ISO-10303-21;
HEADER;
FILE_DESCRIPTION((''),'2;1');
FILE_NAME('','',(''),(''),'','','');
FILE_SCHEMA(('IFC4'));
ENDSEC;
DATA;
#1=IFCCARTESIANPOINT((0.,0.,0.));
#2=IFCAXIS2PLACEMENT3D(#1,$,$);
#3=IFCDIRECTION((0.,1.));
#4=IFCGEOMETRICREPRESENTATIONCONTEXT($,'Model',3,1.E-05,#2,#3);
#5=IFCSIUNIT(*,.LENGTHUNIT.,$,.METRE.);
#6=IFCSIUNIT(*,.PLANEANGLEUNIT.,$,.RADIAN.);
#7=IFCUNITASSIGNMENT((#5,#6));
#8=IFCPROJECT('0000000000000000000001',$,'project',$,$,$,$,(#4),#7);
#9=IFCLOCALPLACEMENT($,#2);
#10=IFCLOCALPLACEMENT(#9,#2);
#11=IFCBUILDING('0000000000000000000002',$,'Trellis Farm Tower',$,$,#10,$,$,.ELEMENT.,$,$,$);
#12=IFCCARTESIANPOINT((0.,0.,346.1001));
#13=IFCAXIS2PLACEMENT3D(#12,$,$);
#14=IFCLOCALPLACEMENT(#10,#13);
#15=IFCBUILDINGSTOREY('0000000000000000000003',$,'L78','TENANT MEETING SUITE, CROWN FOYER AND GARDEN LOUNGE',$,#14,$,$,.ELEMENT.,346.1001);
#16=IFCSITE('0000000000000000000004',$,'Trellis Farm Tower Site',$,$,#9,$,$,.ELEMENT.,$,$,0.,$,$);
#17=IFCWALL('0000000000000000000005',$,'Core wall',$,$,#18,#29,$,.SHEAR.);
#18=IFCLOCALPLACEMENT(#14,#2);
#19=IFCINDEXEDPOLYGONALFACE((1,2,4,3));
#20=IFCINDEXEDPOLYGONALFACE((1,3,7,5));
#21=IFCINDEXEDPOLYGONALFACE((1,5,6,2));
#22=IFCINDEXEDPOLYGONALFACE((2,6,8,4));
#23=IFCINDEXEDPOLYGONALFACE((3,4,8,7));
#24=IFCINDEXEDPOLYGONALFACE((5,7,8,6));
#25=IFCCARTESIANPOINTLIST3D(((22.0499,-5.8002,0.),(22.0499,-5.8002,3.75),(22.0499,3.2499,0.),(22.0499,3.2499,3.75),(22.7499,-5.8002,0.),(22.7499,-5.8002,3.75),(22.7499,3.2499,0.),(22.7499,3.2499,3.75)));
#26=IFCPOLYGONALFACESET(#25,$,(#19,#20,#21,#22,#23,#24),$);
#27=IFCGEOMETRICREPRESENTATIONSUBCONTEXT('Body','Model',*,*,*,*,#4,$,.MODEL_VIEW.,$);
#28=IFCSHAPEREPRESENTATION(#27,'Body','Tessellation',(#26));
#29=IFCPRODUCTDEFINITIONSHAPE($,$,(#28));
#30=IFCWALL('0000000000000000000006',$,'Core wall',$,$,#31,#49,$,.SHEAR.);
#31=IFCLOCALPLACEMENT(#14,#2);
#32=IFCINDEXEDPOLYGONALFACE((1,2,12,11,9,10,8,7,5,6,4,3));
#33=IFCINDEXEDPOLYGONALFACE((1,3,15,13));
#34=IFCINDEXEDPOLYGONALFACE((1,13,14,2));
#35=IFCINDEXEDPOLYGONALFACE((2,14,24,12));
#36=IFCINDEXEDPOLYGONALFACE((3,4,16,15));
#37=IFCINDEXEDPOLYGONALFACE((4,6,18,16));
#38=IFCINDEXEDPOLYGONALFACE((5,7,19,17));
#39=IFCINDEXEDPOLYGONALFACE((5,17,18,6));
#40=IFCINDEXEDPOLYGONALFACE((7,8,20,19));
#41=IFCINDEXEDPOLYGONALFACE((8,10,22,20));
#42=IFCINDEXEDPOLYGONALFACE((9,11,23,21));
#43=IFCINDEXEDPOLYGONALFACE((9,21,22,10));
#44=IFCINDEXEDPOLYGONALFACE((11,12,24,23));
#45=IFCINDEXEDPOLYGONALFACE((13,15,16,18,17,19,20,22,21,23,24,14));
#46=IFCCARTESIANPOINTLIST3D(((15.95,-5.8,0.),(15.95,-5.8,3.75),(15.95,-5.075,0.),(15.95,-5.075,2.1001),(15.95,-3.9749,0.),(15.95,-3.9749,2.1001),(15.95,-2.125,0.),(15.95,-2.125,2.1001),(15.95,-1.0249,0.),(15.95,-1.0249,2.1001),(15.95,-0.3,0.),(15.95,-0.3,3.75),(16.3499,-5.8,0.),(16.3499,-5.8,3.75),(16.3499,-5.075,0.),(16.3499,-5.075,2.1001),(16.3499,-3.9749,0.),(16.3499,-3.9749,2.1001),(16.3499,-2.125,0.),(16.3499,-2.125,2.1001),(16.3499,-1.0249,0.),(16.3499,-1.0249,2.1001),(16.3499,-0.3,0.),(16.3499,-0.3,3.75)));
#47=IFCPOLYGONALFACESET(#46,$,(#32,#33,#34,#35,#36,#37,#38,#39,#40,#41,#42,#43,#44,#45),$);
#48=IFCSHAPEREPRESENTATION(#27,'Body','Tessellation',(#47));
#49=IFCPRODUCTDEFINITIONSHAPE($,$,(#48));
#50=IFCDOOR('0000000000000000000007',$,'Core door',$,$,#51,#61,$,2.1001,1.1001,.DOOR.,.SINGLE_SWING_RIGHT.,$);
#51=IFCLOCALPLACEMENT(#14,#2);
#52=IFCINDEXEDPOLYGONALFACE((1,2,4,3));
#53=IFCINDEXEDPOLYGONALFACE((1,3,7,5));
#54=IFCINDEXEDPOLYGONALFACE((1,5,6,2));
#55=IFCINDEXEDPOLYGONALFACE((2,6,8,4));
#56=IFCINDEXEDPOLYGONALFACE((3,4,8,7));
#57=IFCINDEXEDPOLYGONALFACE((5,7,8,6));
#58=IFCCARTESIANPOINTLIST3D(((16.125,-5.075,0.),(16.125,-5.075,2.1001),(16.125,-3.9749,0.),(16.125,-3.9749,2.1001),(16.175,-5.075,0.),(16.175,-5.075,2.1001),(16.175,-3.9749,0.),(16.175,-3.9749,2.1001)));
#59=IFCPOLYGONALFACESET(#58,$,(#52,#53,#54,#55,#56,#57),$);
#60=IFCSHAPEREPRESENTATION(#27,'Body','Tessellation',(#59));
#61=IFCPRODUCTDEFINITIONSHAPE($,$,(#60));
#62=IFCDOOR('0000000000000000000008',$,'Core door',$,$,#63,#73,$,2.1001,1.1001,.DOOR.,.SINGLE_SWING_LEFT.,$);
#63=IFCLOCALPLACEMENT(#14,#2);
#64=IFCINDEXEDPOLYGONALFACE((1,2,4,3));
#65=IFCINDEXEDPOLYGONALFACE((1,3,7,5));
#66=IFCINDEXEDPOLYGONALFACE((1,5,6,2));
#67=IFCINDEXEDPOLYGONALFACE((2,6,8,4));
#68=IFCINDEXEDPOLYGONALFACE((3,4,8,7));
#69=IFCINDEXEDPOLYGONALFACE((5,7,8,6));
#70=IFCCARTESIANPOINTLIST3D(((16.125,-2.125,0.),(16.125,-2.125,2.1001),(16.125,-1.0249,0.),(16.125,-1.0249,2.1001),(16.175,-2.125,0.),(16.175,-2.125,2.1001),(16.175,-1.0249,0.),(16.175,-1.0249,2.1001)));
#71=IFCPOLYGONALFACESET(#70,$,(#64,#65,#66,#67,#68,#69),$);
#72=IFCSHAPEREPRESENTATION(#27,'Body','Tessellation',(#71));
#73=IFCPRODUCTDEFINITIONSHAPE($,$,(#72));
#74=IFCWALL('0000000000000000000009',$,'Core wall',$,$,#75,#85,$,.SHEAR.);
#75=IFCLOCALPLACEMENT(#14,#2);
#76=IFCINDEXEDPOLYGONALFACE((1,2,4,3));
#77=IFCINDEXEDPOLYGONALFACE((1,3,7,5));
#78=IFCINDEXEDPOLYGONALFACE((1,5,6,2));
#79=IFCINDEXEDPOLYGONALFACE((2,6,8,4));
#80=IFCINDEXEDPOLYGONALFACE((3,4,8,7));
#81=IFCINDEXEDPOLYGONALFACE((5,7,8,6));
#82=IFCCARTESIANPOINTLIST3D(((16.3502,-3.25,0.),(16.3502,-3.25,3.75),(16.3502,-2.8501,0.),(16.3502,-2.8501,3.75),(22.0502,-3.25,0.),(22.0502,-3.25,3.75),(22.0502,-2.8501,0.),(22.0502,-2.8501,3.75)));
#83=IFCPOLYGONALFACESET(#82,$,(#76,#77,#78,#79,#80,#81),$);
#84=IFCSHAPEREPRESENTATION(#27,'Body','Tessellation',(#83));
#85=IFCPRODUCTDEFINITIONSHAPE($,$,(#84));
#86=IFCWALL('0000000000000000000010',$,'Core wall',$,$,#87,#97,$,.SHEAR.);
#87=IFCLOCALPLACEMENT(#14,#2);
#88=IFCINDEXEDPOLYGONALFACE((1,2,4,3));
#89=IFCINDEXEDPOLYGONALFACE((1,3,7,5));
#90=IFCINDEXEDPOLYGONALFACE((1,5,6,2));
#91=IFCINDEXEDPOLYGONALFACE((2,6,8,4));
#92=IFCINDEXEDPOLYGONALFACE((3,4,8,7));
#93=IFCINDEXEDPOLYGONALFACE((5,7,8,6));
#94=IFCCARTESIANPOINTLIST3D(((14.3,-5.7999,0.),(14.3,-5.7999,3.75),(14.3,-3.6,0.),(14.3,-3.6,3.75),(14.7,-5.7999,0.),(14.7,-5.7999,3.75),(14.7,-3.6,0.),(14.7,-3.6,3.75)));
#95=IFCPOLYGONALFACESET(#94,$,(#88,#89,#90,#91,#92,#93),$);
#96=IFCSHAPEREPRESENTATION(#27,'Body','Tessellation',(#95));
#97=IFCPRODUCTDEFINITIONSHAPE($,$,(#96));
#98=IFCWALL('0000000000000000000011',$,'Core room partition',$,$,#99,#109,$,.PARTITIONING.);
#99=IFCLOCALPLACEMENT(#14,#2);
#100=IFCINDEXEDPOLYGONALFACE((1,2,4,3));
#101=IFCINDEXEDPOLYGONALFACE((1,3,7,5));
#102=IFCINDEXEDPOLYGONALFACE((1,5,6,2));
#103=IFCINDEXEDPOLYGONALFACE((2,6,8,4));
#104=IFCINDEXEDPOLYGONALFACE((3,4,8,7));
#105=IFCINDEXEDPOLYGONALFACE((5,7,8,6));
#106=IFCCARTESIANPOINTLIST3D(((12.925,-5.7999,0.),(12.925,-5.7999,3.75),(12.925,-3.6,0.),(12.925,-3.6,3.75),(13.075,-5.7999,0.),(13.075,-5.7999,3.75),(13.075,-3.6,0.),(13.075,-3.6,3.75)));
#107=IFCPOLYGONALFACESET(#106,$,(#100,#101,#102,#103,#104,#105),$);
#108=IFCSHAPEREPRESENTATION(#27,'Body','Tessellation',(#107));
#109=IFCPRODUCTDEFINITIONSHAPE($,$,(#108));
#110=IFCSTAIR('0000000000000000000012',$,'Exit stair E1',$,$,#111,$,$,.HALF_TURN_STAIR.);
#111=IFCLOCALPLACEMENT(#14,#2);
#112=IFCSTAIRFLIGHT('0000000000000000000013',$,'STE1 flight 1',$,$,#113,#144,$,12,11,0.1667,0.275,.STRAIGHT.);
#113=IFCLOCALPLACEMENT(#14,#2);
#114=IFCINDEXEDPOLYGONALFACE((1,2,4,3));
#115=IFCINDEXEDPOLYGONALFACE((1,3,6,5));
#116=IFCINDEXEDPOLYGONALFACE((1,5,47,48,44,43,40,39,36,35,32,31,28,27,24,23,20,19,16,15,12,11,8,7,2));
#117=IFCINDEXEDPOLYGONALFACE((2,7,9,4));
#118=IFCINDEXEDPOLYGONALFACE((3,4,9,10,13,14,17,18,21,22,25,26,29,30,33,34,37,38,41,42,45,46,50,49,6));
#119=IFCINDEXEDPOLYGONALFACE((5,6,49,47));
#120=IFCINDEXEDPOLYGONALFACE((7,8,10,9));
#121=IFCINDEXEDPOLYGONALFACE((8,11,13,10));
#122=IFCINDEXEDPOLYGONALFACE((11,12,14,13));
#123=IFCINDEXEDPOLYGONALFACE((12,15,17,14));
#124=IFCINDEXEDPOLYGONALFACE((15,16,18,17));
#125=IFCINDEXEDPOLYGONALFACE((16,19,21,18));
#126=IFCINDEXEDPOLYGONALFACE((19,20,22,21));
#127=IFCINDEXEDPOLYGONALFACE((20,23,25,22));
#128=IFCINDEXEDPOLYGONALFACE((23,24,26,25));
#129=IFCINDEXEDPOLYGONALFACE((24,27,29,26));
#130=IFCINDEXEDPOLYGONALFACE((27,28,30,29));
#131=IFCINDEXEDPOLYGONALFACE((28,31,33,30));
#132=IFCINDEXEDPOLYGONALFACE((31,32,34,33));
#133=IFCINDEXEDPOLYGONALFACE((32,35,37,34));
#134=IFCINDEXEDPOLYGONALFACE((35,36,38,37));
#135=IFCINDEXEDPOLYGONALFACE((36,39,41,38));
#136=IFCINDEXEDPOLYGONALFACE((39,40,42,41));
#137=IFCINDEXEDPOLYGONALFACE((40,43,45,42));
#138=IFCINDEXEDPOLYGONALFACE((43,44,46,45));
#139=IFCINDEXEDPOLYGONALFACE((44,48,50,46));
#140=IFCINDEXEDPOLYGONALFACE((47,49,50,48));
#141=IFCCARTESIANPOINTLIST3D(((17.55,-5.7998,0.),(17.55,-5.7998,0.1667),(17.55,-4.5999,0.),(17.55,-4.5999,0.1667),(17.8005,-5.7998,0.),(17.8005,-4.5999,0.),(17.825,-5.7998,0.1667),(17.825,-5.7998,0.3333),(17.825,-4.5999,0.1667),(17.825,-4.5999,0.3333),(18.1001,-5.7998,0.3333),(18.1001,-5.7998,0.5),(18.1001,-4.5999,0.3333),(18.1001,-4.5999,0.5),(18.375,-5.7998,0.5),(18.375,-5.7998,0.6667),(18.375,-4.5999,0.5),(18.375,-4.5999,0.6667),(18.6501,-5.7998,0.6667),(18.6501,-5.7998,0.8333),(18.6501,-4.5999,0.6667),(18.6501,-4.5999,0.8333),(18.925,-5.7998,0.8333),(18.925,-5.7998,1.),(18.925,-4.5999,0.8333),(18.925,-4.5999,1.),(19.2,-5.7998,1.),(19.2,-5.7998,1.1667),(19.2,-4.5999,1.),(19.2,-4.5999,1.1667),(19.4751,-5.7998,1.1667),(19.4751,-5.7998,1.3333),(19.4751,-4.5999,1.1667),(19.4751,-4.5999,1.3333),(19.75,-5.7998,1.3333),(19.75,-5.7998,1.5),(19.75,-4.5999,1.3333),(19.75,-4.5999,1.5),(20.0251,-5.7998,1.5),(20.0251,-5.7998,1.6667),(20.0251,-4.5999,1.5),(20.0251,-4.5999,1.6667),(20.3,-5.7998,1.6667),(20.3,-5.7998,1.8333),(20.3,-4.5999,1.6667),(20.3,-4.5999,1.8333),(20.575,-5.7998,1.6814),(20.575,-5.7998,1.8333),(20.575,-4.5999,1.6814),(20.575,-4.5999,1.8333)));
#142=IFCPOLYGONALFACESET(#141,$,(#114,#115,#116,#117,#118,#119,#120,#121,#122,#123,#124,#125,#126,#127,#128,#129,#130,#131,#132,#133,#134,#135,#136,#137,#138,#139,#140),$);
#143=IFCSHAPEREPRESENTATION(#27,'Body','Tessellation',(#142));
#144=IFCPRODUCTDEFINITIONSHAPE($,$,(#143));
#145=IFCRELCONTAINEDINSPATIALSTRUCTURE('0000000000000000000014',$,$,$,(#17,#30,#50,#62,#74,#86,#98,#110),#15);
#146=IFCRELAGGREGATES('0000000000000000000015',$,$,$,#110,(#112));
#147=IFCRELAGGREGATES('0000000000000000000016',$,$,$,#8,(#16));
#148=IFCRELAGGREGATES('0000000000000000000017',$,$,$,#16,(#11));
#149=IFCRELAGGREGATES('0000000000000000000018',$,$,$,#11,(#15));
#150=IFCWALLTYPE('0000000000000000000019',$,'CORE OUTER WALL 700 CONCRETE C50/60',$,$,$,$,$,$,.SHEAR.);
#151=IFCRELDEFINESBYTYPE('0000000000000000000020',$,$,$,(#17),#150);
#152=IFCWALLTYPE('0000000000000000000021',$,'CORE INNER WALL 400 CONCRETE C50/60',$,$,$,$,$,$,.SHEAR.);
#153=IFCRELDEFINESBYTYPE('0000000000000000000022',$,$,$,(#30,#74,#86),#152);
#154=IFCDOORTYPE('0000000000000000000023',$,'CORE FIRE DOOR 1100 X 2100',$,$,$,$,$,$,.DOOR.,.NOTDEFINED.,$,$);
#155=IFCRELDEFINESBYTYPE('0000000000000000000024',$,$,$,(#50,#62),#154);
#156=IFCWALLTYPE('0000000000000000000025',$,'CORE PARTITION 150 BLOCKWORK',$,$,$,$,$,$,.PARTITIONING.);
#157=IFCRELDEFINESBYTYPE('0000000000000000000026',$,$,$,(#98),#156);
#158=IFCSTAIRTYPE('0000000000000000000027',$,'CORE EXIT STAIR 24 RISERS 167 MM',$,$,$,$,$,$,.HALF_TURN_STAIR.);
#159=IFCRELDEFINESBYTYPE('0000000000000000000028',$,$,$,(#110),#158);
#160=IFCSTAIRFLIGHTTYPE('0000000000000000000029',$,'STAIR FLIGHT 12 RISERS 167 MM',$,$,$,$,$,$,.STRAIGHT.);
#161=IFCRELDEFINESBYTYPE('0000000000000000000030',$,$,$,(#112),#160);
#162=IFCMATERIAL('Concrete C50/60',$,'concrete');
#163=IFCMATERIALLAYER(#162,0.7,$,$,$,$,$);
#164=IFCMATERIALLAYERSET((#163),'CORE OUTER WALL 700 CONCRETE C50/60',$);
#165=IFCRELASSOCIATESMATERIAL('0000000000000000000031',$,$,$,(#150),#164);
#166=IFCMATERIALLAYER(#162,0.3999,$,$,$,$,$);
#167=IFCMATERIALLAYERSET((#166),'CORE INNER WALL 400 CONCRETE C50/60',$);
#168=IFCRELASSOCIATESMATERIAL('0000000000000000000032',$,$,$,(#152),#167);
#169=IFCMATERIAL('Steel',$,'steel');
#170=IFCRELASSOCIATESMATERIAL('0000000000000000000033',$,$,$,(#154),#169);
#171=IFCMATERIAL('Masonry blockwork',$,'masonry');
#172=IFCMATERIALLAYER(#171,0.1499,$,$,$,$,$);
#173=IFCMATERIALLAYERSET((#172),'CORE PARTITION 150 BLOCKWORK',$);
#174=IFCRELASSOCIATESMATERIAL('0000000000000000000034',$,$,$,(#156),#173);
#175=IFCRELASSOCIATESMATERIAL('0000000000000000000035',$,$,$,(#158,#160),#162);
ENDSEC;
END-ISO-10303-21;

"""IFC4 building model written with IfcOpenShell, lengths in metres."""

from ifc_helpers import new_model, si_unit, direction, frame, frame_2d, origin, place, context, subcontext, project, spatial, polyline, rectangle, outline, extrude, source, transform, mapped, material, layer, layer_set, type_object, element, fill, aggregate, save


model = new_model("IFC4")

# Units and contexts
model_context = context("Model", 3, precision=1e-05, world=origin(), true_north=direction((0.0, 1.0)))
body_context = subcontext(model_context, "Body", "Model", "MODEL_VIEW")
ifc_project = project(units=[si_unit("LENGTHUNIT", "METRE"), si_unit("PLANEANGLEUNIT", "RADIAN")], contexts=[model_context])

# Site, building, storey
site_placement = place(None, origin())
site = spatial("IfcSite", under=ifc_project, at=site_placement, Name="Trellis Farm Tower Site", CompositionType="ELEMENT", RefElevation=0.0)
building_placement = place(site_placement, origin())
building = spatial("IfcBuilding", under=site, at=building_placement, Name="Trellis Farm Tower", CompositionType="ELEMENT")
storey_placement = place(building_placement, frame((0.0, 0.0, 346.1001)))
storey = spatial("IfcBuildingStorey", under=building, at=storey_placement, Name="L78", Description="TENANT MEETING SUITE, CROWN FOYER AND GARDEN LOUNGE", CompositionType="ELEMENT", Elevation=346.1001)

# Wall
ifc_material_1 = material(Name="Concrete C50/60", Category="concrete")
ifc_layer_1 = layer(ifc_material_1, 0.7)
ifc_layer_set_1 = layer_set([ifc_layer_1], Name="CORE OUTER WALL 700 CONCRETE C50/60")
wall_type_1 = type_object("IfcWallType", Name="CORE OUTER WALL 700 CONCRETE C50/60", PredefinedType="SHEAR", material=ifc_layer_set_1)
shared_shape_1 = source(origin(), body_context, "Body", "SweptSolid", [
    extrude(rectangle(XDim=9.05, YDim=0.7, at=frame_2d((4.5249, 0.0))), origin(), (0.0, 0.0, 1.0), 3.75),
])
wall_1_placement = place(storey_placement, frame((22.3999, -5.8, 0.0), z_axis=(0.0, 0.0, 1.0), x_axis=(0.0, 1.0, 0.0)))
element("IfcWall", 1, at=wall_1_placement, inside=storey, type_object=wall_type_1, Name="Core wall", PredefinedType="SHEAR", context=body_context, shape_type="MappedRepresentation", body=[
    mapped(shared_shape_1, transform((0.0, 0.0, 0.0))),
])

# Wall, openings, doors
ifc_layer_2 = layer(ifc_material_1, 0.3999)
ifc_layer_set_2 = layer_set([ifc_layer_2], Name="CORE INNER WALL 400 CONCRETE C50/60")
wall_type_2 = type_object("IfcWallType", Name="CORE INNER WALL 400 CONCRETE C50/60", PredefinedType="SHEAR", material=ifc_layer_set_2)
shared_shape_2 = source(origin(), body_context, "Body", "SweptSolid", [
    extrude(rectangle(XDim=5.5, YDim=0.3999, at=frame_2d((2.75, 0.0))), origin(), (0.0, 0.0, 1.0), 3.75),
])
wall_2_placement = place(storey_placement, frame((16.1499, -5.8, 0.0), z_axis=(0.0, 0.0, 1.0), x_axis=(0.0, 1.0, 0.0)))
wall_2 = element("IfcWall", 2, at=wall_2_placement, inside=storey, type_object=wall_type_2, Name="Core wall", PredefinedType="SHEAR", context=body_context, shape_type="MappedRepresentation", body=[
    mapped(shared_shape_2, transform((0.0, 0.0, 0.0))),
])
shared_shape_3 = source(origin(), body_context, "Body", "SweptSolid", [
    extrude(rectangle(XDim=1.1001, YDim=2.1001, at=frame_2d((0.55, 1.05))), frame((0.0, 0.21, 0.0), z_axis=(0.0, -1.0, 0.0), x_axis=(1.0, 0.0, 0.0)), (0.0, 0.0, 1.0), 0.4199),
])
opening_1_placement = place(wall_2_placement, frame((0.7251, 0.0, 0.0)))
opening_1 = element("IfcOpeningElement", 3, at=opening_1_placement, cuts=wall_2, PredefinedType="OPENING", context=body_context, shape_type="MappedRepresentation", body=[
    mapped(shared_shape_3, transform((0.0, 0.0, 0.0))),
])
opening_2_placement = place(wall_2_placement, frame((3.675, 0.0, 0.0)))
opening_2 = element("IfcOpeningElement", 4, at=opening_2_placement, cuts=wall_2, PredefinedType="OPENING", context=body_context, shape_type="MappedRepresentation", body=[
    mapped(shared_shape_3, transform((0.0, 0.0, 0.0))),
])
ifc_material_2 = material(Name="Steel", Category="steel")
door_type = type_object("IfcDoorType", Name="CORE FIRE DOOR 1100 X 2100", OperationType="NOTDEFINED", PredefinedType="DOOR", material=ifc_material_2)
shared_shape_4 = source(origin(), body_context, "Body", "SweptSolid", [
    extrude(rectangle(XDim=1.1001, YDim=2.1001, at=frame_2d((0.55, 1.05))), frame((0.0, 0.0249, 0.0), z_axis=(0.0, -1.0, 0.0), x_axis=(1.0, 0.0, 0.0)), (0.0, 0.0, 1.0), 0.05),
])
door_1_placement = place(opening_1_placement, origin())
door_1 = element("IfcDoor", 5, at=door_1_placement, inside=storey, type_object=door_type, Name="Core door", OperationType="SINGLE_SWING_RIGHT", OverallHeight=2.1001, OverallWidth=1.1001, PredefinedType="DOOR", context=body_context, shape_type="MappedRepresentation", body=[
    mapped(shared_shape_4, transform((0.0, 0.0, 0.0))),
])
fill(opening_1, door_1)
door_2_placement = place(opening_2_placement, origin())
door_2 = element("IfcDoor", 6, at=door_2_placement, inside=storey, type_object=door_type, Name="Core door", OperationType="SINGLE_SWING_LEFT", OverallHeight=2.1001, OverallWidth=1.1001, PredefinedType="DOOR", context=body_context, shape_type="MappedRepresentation", body=[
    mapped(shared_shape_4, transform((0.0, 0.0, 0.0))),
])
fill(opening_2, door_2)

# Walls
shared_shape_5 = source(origin(), body_context, "Body", "SweptSolid", [
    extrude(rectangle(XDim=5.7, YDim=0.3999, at=frame_2d((2.8501, 0.0))), origin(), (0.0, 0.0, 1.0), 3.75),
])
wall_3_placement = place(storey_placement, frame((16.3501, -3.05, 0.0), z_axis=(0.0, 0.0, 1.0), x_axis=(1.0, 0.0, 0.0)))
element("IfcWall", 7, at=wall_3_placement, inside=storey, type_object=wall_type_2, Name="Core wall", PredefinedType="SHEAR", context=body_context, shape_type="MappedRepresentation", body=[
    mapped(shared_shape_5, transform((0.0, 0.0, 0.0))),
])
shared_shape_6 = source(origin(), body_context, "Body", "SweptSolid", [
    extrude(rectangle(XDim=2.2, YDim=0.3999, at=frame_2d((1.1001, 0.0))), origin(), (0.0, 0.0, 1.0), 3.75),
])
wall_4_placement = place(storey_placement, frame((14.5, -5.8, 0.0), z_axis=(0.0, 0.0, 1.0), x_axis=(0.0, 1.0, 0.0)))
element("IfcWall", 8, at=wall_4_placement, inside=storey, type_object=wall_type_2, Name="Core wall", PredefinedType="SHEAR", context=body_context, shape_type="MappedRepresentation", body=[
    mapped(shared_shape_6, transform((0.0, 0.0, 0.0))),
])
ifc_material_3 = material(Name="Masonry blockwork", Category="masonry")
ifc_layer_3 = layer(ifc_material_3, 0.1499)
ifc_layer_set_3 = layer_set([ifc_layer_3], Name="CORE PARTITION 150 BLOCKWORK")
wall_type_3 = type_object("IfcWallType", Name="CORE PARTITION 150 BLOCKWORK", PredefinedType="PARTITIONING", material=ifc_layer_set_3)
shared_shape_7 = source(origin(), body_context, "Body", "SweptSolid", [
    extrude(rectangle(XDim=2.2, YDim=0.1499, at=frame_2d((1.1001, 0.0))), origin(), (0.0, 0.0, 1.0), 3.75),
])
wall_5_placement = place(storey_placement, frame((13.0, -5.8, 0.0), z_axis=(0.0, 0.0, 1.0), x_axis=(0.0, 1.0, 0.0)))
element("IfcWall", 9, at=wall_5_placement, inside=storey, type_object=wall_type_3, Name="Core room partition", PredefinedType="PARTITIONING", context=body_context, shape_type="MappedRepresentation", body=[
    mapped(shared_shape_7, transform((0.0, 0.0, 0.0))),
])

# Stair, stair flight
stair_type = type_object("IfcStairType", Name="CORE EXIT STAIR 24 RISERS 167 MM", PredefinedType="HALF_TURN_STAIR", material=ifc_material_1)
placement = place(storey_placement, origin())
stair_1 = element("IfcStair", 10, at=placement, inside=storey, type_object=stair_type, Name="Exit stair E1", PredefinedType="HALF_TURN_STAIR")
stair_flight_type = type_object("IfcStairFlightType", Name="STAIR FLIGHT 12 RISERS 167 MM", PredefinedType="STRAIGHT", material=ifc_material_1)
shared_shape_8 = source(origin(), body_context, "Body", "SweptSolid", [
    extrude(outline(polyline([(0.0, 0.0), (0.0, 0.1667), (0.2749, 0.1667), (0.2749, 0.3333), (0.55, 0.3333), (0.55, 0.5), (0.825, 0.5), (0.825, 0.6667), (1.1001, 0.6667), (1.1001, 0.8333), (1.375, 0.8333), (1.375, 1.0), (1.6499, 1.0), (1.6499, 1.1667), (1.925, 1.1667), (1.925, 1.3333), (2.2, 1.3333), (2.2, 1.5), (2.4751, 1.5), (2.4751, 1.6667), (2.75, 1.6667), (2.75, 1.8333), (3.0249, 1.8333), (3.0249, 2.0), (3.0249, 1.6814), (0.2505, 0.0), (0.0, 0.0)])), frame((0.0, 0.6001, 0.0), z_axis=(0.0, -1.0, 0.0), x_axis=(1.0, 0.0, 0.0)), (0.0, 0.0, 1.0), 1.2),
])
stair_flight_1_placement = place(storey_placement, frame((17.55, -5.2, 0.0), z_axis=(0.0, 0.0, 1.0), x_axis=(1.0, 0.0, 0.0)))
stair_flight_1 = element("IfcStairFlight", 11, at=stair_flight_1_placement, type_object=stair_flight_type, Name="STE1 flight 1", NumberOfRisers=12, NumberOfTreads=11, PredefinedType="STRAIGHT", RiserHeight=0.1667, TreadLength=0.275, context=body_context, shape_type="MappedRepresentation", body=[
    mapped(shared_shape_8, transform((0.0, 0.0, 0.0))),
])
aggregate(stair_1, [stair_flight_1])

save(model, "model.ifc")
